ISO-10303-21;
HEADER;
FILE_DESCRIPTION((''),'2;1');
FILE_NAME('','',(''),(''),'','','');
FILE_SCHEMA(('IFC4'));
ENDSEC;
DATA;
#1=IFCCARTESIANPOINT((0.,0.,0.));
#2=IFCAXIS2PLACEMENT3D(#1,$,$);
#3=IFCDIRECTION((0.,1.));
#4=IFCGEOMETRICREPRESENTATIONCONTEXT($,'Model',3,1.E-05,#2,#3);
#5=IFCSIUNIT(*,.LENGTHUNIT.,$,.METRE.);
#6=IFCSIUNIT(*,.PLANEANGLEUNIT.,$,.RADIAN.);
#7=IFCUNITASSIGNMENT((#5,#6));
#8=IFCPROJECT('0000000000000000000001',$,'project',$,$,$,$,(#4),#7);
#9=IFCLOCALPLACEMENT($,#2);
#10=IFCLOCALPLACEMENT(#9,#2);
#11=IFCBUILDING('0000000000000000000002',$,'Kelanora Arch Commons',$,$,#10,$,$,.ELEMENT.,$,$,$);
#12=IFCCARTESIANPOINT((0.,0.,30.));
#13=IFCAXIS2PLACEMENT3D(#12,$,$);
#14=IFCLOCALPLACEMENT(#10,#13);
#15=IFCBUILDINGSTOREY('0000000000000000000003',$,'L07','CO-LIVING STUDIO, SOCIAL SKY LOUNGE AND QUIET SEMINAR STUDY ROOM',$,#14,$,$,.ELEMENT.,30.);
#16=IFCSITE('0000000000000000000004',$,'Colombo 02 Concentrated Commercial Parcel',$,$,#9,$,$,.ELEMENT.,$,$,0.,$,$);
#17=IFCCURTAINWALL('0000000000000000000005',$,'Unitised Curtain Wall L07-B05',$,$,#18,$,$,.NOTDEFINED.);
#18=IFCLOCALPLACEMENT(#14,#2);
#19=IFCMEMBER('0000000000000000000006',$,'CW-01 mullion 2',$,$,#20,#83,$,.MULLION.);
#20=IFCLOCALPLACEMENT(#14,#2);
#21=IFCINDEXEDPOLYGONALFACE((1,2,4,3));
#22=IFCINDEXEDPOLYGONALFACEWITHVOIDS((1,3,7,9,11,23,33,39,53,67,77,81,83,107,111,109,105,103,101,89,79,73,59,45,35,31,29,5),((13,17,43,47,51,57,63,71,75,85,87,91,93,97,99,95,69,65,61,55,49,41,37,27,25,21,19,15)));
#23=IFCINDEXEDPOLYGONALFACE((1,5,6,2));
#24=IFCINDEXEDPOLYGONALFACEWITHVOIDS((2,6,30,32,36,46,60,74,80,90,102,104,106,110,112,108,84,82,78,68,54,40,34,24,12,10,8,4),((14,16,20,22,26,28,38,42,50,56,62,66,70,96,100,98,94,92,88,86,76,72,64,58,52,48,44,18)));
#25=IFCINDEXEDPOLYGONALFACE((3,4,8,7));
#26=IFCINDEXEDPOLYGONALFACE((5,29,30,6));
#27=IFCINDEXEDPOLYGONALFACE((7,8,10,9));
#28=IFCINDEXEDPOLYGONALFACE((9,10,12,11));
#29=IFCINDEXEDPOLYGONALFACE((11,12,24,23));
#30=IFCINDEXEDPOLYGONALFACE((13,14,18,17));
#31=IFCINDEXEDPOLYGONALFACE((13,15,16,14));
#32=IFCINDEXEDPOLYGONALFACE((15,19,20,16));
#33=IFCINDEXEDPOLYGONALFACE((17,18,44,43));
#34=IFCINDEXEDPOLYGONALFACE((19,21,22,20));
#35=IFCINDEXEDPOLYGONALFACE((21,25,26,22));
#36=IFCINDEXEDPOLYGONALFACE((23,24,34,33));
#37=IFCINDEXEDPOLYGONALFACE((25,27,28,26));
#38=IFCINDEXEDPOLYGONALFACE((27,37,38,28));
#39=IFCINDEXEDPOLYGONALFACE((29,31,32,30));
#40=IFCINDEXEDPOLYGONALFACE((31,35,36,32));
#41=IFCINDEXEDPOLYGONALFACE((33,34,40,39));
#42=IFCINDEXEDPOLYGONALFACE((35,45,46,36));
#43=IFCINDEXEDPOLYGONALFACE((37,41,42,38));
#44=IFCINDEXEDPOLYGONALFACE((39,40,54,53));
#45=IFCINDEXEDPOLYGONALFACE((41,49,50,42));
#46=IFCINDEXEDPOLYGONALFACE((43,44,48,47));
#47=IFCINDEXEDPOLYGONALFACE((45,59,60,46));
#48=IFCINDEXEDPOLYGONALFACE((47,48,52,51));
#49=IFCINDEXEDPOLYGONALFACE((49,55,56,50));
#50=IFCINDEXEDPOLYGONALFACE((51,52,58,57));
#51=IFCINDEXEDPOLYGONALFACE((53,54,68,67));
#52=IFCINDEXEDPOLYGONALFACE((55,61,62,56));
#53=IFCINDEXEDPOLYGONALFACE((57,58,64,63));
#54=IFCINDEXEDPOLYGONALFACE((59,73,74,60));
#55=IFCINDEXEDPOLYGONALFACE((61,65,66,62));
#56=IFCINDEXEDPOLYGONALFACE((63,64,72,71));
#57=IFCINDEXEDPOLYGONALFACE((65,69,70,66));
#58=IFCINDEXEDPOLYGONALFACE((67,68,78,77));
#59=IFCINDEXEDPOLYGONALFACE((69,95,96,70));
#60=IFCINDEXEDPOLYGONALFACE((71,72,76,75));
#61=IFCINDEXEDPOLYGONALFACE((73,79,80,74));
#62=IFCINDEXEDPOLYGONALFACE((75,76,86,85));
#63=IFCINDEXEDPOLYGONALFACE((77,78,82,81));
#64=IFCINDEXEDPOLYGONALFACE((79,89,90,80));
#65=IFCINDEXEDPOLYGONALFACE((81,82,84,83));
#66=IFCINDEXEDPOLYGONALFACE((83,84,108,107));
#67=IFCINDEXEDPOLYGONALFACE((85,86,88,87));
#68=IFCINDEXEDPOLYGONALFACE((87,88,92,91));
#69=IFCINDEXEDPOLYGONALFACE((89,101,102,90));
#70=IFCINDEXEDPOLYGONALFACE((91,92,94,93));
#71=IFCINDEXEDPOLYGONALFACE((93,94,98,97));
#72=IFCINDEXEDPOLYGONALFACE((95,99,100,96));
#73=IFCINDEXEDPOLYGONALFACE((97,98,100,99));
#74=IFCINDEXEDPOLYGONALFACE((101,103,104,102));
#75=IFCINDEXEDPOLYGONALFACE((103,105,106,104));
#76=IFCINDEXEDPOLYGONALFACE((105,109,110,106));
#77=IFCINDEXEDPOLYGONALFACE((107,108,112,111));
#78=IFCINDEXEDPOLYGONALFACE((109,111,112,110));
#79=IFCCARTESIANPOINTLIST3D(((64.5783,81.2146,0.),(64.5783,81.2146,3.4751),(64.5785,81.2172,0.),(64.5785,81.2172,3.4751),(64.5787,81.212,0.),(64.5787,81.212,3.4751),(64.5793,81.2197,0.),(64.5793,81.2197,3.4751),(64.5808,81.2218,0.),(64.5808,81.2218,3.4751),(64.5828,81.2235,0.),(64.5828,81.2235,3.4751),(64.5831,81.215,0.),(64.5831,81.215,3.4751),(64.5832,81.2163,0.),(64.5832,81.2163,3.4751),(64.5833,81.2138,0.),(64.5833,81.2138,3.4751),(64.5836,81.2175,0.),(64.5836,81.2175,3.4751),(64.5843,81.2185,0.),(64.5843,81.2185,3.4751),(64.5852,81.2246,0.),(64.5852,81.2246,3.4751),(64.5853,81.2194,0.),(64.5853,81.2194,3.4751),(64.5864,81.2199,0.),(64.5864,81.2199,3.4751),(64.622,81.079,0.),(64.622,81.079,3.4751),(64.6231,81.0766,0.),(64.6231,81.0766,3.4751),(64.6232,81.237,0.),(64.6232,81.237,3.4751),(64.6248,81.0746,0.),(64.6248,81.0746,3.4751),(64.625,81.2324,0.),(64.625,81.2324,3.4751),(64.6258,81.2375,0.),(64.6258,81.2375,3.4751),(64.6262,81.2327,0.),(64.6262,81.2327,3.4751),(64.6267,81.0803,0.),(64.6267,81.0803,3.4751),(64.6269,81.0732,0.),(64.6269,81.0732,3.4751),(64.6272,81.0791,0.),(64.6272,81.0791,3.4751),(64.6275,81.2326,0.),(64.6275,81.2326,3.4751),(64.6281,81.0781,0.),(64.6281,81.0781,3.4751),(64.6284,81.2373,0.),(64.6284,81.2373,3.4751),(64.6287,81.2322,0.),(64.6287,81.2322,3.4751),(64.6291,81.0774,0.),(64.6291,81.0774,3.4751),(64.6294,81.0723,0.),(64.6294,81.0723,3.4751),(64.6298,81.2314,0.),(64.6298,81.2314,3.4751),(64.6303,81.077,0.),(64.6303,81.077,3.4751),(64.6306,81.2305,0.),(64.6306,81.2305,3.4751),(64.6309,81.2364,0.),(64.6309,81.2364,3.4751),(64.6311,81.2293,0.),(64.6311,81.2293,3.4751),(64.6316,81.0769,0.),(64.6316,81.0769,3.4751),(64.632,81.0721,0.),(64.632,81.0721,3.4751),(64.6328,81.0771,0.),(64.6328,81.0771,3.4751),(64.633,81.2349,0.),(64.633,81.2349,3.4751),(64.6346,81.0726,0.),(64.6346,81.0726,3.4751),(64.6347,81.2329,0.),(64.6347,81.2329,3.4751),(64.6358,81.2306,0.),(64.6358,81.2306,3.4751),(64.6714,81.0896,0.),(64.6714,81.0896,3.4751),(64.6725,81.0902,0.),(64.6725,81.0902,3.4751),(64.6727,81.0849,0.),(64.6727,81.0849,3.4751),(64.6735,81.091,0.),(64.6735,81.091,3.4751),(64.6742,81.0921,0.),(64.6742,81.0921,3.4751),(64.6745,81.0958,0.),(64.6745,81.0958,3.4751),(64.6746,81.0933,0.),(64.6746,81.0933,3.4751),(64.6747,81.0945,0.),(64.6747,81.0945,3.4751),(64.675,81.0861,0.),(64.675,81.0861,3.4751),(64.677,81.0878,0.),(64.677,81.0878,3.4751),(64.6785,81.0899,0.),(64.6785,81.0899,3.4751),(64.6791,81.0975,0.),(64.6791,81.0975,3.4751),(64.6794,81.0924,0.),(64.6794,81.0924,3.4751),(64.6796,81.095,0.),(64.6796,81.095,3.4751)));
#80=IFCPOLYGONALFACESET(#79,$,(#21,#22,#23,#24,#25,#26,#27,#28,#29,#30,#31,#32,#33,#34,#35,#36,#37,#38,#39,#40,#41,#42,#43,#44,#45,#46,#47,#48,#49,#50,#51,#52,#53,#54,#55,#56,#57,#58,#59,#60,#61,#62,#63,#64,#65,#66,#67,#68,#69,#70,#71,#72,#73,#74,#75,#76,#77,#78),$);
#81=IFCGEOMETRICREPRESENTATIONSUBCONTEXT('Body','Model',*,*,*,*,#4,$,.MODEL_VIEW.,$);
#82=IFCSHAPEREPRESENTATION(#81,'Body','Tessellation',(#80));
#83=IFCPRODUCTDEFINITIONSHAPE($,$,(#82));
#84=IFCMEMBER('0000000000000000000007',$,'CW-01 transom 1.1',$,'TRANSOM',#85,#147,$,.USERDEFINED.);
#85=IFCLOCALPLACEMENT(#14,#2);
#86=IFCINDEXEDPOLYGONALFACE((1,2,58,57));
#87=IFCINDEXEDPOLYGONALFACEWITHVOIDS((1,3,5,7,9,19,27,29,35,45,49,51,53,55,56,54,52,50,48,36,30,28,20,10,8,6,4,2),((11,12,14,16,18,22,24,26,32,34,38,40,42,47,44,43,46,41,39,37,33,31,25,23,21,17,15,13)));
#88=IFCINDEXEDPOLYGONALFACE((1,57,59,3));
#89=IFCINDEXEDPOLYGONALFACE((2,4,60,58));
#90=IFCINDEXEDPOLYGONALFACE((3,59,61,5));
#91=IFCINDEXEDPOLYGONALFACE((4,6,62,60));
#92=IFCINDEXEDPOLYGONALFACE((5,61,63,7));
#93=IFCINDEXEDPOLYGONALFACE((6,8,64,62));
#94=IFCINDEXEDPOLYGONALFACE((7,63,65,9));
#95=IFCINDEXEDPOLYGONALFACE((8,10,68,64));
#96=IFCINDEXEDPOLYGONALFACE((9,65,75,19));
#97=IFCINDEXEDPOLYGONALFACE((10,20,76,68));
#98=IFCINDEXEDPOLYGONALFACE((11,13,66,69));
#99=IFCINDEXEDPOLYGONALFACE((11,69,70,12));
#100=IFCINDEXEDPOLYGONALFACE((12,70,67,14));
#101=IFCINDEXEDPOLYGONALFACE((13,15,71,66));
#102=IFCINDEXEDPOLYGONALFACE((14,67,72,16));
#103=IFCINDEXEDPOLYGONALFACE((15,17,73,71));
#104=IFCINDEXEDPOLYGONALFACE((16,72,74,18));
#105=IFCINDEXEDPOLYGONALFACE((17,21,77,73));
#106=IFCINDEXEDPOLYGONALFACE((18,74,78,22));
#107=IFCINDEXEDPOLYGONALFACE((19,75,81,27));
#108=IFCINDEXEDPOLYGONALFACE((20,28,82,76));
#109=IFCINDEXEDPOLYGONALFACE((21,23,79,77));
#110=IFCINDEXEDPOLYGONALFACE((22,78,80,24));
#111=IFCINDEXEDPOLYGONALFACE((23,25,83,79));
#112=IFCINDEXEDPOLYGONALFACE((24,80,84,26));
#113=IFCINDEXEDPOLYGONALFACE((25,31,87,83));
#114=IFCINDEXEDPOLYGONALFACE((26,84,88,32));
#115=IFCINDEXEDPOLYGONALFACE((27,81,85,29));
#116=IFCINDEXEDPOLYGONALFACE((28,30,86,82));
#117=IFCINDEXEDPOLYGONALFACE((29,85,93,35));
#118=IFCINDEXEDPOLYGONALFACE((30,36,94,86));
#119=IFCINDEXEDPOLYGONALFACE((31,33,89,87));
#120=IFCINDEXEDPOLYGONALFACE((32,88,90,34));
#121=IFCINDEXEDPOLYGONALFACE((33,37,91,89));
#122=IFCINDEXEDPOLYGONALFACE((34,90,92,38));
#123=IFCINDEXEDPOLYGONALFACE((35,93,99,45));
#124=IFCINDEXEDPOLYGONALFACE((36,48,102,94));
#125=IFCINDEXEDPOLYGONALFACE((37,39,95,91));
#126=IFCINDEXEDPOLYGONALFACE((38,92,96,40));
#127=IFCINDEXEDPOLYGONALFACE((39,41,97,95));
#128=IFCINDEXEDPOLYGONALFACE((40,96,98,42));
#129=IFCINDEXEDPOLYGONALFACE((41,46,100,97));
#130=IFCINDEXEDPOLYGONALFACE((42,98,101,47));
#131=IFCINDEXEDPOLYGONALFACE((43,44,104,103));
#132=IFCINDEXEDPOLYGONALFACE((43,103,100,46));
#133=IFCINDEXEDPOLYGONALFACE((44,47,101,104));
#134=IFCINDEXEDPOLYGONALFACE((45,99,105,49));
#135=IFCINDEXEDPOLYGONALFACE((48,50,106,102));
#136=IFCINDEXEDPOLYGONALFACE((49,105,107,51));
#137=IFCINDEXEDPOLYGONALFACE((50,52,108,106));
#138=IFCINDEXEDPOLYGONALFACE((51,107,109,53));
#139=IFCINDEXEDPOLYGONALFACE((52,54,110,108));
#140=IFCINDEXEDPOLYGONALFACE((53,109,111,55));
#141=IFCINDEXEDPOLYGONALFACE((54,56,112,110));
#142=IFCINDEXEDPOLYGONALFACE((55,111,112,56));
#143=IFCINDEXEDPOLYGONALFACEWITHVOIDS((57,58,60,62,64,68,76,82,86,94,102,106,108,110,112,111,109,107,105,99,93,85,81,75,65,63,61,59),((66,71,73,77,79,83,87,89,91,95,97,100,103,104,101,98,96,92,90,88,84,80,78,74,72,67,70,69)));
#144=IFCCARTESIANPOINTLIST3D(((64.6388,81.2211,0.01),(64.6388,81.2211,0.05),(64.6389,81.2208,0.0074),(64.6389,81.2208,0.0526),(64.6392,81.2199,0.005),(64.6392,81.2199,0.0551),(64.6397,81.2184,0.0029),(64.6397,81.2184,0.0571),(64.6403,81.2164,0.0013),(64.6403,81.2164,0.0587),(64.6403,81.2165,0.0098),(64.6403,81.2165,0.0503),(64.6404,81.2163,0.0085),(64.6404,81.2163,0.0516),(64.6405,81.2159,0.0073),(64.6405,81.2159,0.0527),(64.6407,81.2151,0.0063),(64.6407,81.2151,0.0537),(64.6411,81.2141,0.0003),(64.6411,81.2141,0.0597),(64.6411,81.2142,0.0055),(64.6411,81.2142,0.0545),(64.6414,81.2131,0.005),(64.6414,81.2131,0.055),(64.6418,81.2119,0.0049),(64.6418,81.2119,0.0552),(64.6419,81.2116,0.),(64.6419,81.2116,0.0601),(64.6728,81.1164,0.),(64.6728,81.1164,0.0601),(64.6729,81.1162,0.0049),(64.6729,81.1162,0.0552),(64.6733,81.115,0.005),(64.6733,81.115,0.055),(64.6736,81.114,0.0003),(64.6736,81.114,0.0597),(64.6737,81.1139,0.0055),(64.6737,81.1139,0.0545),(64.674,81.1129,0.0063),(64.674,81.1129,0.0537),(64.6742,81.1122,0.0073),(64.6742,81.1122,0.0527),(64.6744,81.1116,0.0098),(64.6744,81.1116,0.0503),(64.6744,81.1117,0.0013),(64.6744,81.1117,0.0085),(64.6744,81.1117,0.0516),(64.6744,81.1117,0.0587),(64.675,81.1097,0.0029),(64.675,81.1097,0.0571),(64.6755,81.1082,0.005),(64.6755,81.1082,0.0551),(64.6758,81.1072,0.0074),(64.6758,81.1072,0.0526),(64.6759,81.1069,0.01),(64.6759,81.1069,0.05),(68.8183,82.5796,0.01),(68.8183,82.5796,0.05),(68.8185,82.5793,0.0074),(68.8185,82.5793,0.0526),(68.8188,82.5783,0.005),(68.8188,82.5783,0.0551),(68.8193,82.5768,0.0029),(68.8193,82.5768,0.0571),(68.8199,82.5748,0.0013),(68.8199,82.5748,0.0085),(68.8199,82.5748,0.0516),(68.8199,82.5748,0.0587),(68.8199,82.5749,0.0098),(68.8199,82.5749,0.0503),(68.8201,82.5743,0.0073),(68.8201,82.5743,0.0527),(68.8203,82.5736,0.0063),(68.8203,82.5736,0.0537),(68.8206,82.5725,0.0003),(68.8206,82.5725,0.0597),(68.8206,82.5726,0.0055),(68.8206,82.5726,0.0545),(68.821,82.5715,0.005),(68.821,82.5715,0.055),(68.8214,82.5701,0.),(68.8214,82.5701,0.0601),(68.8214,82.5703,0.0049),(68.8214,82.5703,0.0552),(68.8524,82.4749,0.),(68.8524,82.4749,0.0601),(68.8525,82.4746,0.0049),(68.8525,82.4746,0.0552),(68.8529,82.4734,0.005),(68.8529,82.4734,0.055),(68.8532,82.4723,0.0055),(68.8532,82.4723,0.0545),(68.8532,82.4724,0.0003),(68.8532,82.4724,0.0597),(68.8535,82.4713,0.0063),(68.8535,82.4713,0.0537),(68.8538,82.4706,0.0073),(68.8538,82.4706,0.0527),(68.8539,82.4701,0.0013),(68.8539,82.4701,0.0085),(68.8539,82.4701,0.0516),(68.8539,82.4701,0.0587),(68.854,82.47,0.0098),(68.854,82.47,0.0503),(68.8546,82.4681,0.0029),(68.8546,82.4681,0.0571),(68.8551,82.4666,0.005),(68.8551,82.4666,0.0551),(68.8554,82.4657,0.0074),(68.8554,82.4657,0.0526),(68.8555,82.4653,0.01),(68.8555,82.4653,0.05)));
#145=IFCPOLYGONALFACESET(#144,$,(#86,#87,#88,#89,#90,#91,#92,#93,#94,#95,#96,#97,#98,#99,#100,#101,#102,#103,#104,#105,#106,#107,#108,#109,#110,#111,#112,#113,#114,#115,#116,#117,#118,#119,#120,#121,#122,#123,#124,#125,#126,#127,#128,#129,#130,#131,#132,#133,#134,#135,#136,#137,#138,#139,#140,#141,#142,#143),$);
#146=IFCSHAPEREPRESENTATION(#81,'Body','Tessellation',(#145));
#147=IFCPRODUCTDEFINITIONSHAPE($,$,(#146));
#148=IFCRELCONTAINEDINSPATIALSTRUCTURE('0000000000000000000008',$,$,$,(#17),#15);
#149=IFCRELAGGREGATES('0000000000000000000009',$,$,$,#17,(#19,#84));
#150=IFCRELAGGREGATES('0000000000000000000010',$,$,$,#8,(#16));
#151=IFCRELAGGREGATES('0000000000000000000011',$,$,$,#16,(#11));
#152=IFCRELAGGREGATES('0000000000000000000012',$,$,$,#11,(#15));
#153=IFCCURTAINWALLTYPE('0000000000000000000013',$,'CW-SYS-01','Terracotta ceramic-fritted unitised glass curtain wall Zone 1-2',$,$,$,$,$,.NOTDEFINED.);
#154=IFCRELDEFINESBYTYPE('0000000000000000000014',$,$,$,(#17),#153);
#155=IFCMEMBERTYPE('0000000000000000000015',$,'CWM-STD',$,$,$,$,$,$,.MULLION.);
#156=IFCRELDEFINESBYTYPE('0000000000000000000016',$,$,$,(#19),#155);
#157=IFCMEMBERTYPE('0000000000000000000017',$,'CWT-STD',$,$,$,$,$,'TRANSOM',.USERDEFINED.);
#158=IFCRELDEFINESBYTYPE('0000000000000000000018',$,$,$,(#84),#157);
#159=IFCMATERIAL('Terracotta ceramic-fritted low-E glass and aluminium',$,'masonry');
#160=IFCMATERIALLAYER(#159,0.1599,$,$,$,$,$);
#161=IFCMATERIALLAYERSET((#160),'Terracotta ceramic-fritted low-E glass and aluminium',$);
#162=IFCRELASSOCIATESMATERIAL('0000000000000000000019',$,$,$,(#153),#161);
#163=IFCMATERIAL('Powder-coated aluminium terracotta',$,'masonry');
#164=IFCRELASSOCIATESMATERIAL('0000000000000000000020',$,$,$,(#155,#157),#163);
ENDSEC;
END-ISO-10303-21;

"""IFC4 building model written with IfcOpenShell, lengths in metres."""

from ifc_helpers import new_model, si_unit, direction, frame, origin, origin_2d, place, context, subcontext, project, spatial, hollow_rectangle, extrude, material, layer, layer_set, material_profile, profile_set, type_object, element, aggregate, save


model = new_model("IFC4")

# Units and contexts
model_context = context("Model", 3, precision=1e-05, world=origin(), true_north=direction((0.0, 1.0)))
body_context = subcontext(model_context, "Body", "Model", "MODEL_VIEW")
ifc_project = project(units=[si_unit("LENGTHUNIT", "METRE"), si_unit("PLANEANGLEUNIT", "RADIAN")], contexts=[model_context])

# Site, building, storey
site_placement = place(None, origin())
site = spatial("IfcSite", under=ifc_project, at=site_placement, Name="Colombo 02 Concentrated Commercial Parcel", CompositionType="ELEMENT", RefElevation=0.0)
building_placement = place(site_placement, origin())
building = spatial("IfcBuilding", under=site, at=building_placement, Name="Kelanora Arch Commons", CompositionType="ELEMENT")
storey_placement = place(building_placement, frame((0.0, 0.0, 30.0)))
storey = spatial("IfcBuildingStorey", under=building, at=storey_placement, Name="L07", Description="CO-LIVING STUDIO, SOCIAL SKY LOUNGE AND QUIET SEMINAR STUDY ROOM", CompositionType="ELEMENT", Elevation=30.0)

# Curtain wall, members
ifc_material_1 = material(Name="Terracotta ceramic-fritted low-E glass and aluminium", Category="masonry")
ifc_layer_1 = layer(ifc_material_1, 0.1599)
ifc_layer_set_1 = layer_set([ifc_layer_1], Name="Terracotta ceramic-fritted low-E glass and aluminium")
curtain_wall_type = type_object("IfcCurtainWallType", Name="CW-SYS-01", Description="Terracotta ceramic-fritted unitised glass curtain wall Zone 1-2", PredefinedType="NOTDEFINED", material=ifc_layer_set_1)
curtain_wall_placement = place(storey_placement, origin())
curtain_wall = element("IfcCurtainWall", 1, at=curtain_wall_placement, inside=storey, type_object=curtain_wall_type, Name="Unitised Curtain Wall L07-B05", PredefinedType="NOTDEFINED")
ifc_material_2 = material(Name="Powder-coated aluminium terracotta", Category="masonry")
ifc_material_profile_1 = material_profile(ifc_material_2, hollow_rectangle(XDim=0.1599, YDim=0.0601, WallThickness=0.0049, InnerFilletRadius=0.0049, OuterFilletRadius=0.01, at=origin_2d()), Name="CWM160x60")
ifc_profile_set_1 = profile_set([ifc_material_profile_1], Name="Powder-coated aluminium terracotta")
member_type_1 = type_object("IfcMemberType", Name="CWM-STD", PredefinedType="MULLION", material=ifc_profile_set_1)
member_1_placement = place(storey_placement, frame((64.6289, 81.1548, 0.0), z_axis=(0.0, 0.0, 1.0), x_axis=(0.309058, -0.951043, 0.0)))
member_1 = element("IfcMember", 2, at=member_1_placement, type_object=member_type_1, Name="CW-01 mullion 2", PredefinedType="MULLION", context=body_context, shape_type="SweptSolid", body=[
    extrude(hollow_rectangle(XDim=0.1599, YDim=0.0601, WallThickness=0.0049, InnerFilletRadius=0.0049, OuterFilletRadius=0.01, at=origin_2d()), origin(), (0.0, 0.0, 1.0), 3.4751),
])
ifc_material_profile_2 = material_profile(ifc_material_2, hollow_rectangle(XDim=0.1201, YDim=0.0601, WallThickness=0.0049, InnerFilletRadius=0.0049, OuterFilletRadius=0.01, at=origin_2d()), Name="CWT120x60")
ifc_profile_set_2 = profile_set([ifc_material_profile_2], Name="Powder-coated aluminium terracotta")
member_type_2 = type_object("IfcMemberType", Name="CWT-STD", ElementType="TRANSOM", PredefinedType="USERDEFINED", material=ifc_profile_set_2)
member_2_placement = place(storey_placement, frame((68.8369, 82.5225, 0.03), z_axis=(-0.951029, -0.309102, 0.0), x_axis=(0.309102, -0.951029, 0.0)))
member_2 = element("IfcMember", 3, at=member_2_placement, type_object=member_type_2, Name="CW-01 transom 1.1", ObjectType="TRANSOM", PredefinedType="USERDEFINED", context=body_context, shape_type="SweptSolid", body=[
    extrude(hollow_rectangle(XDim=0.1201, YDim=0.0601, WallThickness=0.0049, InnerFilletRadius=0.0049, OuterFilletRadius=0.01, at=origin_2d()), origin(), (0.0, 0.0, 1.0), 4.3948),
])
aggregate(curtain_wall, [member_1, member_2])

save(model, "model.ifc")
